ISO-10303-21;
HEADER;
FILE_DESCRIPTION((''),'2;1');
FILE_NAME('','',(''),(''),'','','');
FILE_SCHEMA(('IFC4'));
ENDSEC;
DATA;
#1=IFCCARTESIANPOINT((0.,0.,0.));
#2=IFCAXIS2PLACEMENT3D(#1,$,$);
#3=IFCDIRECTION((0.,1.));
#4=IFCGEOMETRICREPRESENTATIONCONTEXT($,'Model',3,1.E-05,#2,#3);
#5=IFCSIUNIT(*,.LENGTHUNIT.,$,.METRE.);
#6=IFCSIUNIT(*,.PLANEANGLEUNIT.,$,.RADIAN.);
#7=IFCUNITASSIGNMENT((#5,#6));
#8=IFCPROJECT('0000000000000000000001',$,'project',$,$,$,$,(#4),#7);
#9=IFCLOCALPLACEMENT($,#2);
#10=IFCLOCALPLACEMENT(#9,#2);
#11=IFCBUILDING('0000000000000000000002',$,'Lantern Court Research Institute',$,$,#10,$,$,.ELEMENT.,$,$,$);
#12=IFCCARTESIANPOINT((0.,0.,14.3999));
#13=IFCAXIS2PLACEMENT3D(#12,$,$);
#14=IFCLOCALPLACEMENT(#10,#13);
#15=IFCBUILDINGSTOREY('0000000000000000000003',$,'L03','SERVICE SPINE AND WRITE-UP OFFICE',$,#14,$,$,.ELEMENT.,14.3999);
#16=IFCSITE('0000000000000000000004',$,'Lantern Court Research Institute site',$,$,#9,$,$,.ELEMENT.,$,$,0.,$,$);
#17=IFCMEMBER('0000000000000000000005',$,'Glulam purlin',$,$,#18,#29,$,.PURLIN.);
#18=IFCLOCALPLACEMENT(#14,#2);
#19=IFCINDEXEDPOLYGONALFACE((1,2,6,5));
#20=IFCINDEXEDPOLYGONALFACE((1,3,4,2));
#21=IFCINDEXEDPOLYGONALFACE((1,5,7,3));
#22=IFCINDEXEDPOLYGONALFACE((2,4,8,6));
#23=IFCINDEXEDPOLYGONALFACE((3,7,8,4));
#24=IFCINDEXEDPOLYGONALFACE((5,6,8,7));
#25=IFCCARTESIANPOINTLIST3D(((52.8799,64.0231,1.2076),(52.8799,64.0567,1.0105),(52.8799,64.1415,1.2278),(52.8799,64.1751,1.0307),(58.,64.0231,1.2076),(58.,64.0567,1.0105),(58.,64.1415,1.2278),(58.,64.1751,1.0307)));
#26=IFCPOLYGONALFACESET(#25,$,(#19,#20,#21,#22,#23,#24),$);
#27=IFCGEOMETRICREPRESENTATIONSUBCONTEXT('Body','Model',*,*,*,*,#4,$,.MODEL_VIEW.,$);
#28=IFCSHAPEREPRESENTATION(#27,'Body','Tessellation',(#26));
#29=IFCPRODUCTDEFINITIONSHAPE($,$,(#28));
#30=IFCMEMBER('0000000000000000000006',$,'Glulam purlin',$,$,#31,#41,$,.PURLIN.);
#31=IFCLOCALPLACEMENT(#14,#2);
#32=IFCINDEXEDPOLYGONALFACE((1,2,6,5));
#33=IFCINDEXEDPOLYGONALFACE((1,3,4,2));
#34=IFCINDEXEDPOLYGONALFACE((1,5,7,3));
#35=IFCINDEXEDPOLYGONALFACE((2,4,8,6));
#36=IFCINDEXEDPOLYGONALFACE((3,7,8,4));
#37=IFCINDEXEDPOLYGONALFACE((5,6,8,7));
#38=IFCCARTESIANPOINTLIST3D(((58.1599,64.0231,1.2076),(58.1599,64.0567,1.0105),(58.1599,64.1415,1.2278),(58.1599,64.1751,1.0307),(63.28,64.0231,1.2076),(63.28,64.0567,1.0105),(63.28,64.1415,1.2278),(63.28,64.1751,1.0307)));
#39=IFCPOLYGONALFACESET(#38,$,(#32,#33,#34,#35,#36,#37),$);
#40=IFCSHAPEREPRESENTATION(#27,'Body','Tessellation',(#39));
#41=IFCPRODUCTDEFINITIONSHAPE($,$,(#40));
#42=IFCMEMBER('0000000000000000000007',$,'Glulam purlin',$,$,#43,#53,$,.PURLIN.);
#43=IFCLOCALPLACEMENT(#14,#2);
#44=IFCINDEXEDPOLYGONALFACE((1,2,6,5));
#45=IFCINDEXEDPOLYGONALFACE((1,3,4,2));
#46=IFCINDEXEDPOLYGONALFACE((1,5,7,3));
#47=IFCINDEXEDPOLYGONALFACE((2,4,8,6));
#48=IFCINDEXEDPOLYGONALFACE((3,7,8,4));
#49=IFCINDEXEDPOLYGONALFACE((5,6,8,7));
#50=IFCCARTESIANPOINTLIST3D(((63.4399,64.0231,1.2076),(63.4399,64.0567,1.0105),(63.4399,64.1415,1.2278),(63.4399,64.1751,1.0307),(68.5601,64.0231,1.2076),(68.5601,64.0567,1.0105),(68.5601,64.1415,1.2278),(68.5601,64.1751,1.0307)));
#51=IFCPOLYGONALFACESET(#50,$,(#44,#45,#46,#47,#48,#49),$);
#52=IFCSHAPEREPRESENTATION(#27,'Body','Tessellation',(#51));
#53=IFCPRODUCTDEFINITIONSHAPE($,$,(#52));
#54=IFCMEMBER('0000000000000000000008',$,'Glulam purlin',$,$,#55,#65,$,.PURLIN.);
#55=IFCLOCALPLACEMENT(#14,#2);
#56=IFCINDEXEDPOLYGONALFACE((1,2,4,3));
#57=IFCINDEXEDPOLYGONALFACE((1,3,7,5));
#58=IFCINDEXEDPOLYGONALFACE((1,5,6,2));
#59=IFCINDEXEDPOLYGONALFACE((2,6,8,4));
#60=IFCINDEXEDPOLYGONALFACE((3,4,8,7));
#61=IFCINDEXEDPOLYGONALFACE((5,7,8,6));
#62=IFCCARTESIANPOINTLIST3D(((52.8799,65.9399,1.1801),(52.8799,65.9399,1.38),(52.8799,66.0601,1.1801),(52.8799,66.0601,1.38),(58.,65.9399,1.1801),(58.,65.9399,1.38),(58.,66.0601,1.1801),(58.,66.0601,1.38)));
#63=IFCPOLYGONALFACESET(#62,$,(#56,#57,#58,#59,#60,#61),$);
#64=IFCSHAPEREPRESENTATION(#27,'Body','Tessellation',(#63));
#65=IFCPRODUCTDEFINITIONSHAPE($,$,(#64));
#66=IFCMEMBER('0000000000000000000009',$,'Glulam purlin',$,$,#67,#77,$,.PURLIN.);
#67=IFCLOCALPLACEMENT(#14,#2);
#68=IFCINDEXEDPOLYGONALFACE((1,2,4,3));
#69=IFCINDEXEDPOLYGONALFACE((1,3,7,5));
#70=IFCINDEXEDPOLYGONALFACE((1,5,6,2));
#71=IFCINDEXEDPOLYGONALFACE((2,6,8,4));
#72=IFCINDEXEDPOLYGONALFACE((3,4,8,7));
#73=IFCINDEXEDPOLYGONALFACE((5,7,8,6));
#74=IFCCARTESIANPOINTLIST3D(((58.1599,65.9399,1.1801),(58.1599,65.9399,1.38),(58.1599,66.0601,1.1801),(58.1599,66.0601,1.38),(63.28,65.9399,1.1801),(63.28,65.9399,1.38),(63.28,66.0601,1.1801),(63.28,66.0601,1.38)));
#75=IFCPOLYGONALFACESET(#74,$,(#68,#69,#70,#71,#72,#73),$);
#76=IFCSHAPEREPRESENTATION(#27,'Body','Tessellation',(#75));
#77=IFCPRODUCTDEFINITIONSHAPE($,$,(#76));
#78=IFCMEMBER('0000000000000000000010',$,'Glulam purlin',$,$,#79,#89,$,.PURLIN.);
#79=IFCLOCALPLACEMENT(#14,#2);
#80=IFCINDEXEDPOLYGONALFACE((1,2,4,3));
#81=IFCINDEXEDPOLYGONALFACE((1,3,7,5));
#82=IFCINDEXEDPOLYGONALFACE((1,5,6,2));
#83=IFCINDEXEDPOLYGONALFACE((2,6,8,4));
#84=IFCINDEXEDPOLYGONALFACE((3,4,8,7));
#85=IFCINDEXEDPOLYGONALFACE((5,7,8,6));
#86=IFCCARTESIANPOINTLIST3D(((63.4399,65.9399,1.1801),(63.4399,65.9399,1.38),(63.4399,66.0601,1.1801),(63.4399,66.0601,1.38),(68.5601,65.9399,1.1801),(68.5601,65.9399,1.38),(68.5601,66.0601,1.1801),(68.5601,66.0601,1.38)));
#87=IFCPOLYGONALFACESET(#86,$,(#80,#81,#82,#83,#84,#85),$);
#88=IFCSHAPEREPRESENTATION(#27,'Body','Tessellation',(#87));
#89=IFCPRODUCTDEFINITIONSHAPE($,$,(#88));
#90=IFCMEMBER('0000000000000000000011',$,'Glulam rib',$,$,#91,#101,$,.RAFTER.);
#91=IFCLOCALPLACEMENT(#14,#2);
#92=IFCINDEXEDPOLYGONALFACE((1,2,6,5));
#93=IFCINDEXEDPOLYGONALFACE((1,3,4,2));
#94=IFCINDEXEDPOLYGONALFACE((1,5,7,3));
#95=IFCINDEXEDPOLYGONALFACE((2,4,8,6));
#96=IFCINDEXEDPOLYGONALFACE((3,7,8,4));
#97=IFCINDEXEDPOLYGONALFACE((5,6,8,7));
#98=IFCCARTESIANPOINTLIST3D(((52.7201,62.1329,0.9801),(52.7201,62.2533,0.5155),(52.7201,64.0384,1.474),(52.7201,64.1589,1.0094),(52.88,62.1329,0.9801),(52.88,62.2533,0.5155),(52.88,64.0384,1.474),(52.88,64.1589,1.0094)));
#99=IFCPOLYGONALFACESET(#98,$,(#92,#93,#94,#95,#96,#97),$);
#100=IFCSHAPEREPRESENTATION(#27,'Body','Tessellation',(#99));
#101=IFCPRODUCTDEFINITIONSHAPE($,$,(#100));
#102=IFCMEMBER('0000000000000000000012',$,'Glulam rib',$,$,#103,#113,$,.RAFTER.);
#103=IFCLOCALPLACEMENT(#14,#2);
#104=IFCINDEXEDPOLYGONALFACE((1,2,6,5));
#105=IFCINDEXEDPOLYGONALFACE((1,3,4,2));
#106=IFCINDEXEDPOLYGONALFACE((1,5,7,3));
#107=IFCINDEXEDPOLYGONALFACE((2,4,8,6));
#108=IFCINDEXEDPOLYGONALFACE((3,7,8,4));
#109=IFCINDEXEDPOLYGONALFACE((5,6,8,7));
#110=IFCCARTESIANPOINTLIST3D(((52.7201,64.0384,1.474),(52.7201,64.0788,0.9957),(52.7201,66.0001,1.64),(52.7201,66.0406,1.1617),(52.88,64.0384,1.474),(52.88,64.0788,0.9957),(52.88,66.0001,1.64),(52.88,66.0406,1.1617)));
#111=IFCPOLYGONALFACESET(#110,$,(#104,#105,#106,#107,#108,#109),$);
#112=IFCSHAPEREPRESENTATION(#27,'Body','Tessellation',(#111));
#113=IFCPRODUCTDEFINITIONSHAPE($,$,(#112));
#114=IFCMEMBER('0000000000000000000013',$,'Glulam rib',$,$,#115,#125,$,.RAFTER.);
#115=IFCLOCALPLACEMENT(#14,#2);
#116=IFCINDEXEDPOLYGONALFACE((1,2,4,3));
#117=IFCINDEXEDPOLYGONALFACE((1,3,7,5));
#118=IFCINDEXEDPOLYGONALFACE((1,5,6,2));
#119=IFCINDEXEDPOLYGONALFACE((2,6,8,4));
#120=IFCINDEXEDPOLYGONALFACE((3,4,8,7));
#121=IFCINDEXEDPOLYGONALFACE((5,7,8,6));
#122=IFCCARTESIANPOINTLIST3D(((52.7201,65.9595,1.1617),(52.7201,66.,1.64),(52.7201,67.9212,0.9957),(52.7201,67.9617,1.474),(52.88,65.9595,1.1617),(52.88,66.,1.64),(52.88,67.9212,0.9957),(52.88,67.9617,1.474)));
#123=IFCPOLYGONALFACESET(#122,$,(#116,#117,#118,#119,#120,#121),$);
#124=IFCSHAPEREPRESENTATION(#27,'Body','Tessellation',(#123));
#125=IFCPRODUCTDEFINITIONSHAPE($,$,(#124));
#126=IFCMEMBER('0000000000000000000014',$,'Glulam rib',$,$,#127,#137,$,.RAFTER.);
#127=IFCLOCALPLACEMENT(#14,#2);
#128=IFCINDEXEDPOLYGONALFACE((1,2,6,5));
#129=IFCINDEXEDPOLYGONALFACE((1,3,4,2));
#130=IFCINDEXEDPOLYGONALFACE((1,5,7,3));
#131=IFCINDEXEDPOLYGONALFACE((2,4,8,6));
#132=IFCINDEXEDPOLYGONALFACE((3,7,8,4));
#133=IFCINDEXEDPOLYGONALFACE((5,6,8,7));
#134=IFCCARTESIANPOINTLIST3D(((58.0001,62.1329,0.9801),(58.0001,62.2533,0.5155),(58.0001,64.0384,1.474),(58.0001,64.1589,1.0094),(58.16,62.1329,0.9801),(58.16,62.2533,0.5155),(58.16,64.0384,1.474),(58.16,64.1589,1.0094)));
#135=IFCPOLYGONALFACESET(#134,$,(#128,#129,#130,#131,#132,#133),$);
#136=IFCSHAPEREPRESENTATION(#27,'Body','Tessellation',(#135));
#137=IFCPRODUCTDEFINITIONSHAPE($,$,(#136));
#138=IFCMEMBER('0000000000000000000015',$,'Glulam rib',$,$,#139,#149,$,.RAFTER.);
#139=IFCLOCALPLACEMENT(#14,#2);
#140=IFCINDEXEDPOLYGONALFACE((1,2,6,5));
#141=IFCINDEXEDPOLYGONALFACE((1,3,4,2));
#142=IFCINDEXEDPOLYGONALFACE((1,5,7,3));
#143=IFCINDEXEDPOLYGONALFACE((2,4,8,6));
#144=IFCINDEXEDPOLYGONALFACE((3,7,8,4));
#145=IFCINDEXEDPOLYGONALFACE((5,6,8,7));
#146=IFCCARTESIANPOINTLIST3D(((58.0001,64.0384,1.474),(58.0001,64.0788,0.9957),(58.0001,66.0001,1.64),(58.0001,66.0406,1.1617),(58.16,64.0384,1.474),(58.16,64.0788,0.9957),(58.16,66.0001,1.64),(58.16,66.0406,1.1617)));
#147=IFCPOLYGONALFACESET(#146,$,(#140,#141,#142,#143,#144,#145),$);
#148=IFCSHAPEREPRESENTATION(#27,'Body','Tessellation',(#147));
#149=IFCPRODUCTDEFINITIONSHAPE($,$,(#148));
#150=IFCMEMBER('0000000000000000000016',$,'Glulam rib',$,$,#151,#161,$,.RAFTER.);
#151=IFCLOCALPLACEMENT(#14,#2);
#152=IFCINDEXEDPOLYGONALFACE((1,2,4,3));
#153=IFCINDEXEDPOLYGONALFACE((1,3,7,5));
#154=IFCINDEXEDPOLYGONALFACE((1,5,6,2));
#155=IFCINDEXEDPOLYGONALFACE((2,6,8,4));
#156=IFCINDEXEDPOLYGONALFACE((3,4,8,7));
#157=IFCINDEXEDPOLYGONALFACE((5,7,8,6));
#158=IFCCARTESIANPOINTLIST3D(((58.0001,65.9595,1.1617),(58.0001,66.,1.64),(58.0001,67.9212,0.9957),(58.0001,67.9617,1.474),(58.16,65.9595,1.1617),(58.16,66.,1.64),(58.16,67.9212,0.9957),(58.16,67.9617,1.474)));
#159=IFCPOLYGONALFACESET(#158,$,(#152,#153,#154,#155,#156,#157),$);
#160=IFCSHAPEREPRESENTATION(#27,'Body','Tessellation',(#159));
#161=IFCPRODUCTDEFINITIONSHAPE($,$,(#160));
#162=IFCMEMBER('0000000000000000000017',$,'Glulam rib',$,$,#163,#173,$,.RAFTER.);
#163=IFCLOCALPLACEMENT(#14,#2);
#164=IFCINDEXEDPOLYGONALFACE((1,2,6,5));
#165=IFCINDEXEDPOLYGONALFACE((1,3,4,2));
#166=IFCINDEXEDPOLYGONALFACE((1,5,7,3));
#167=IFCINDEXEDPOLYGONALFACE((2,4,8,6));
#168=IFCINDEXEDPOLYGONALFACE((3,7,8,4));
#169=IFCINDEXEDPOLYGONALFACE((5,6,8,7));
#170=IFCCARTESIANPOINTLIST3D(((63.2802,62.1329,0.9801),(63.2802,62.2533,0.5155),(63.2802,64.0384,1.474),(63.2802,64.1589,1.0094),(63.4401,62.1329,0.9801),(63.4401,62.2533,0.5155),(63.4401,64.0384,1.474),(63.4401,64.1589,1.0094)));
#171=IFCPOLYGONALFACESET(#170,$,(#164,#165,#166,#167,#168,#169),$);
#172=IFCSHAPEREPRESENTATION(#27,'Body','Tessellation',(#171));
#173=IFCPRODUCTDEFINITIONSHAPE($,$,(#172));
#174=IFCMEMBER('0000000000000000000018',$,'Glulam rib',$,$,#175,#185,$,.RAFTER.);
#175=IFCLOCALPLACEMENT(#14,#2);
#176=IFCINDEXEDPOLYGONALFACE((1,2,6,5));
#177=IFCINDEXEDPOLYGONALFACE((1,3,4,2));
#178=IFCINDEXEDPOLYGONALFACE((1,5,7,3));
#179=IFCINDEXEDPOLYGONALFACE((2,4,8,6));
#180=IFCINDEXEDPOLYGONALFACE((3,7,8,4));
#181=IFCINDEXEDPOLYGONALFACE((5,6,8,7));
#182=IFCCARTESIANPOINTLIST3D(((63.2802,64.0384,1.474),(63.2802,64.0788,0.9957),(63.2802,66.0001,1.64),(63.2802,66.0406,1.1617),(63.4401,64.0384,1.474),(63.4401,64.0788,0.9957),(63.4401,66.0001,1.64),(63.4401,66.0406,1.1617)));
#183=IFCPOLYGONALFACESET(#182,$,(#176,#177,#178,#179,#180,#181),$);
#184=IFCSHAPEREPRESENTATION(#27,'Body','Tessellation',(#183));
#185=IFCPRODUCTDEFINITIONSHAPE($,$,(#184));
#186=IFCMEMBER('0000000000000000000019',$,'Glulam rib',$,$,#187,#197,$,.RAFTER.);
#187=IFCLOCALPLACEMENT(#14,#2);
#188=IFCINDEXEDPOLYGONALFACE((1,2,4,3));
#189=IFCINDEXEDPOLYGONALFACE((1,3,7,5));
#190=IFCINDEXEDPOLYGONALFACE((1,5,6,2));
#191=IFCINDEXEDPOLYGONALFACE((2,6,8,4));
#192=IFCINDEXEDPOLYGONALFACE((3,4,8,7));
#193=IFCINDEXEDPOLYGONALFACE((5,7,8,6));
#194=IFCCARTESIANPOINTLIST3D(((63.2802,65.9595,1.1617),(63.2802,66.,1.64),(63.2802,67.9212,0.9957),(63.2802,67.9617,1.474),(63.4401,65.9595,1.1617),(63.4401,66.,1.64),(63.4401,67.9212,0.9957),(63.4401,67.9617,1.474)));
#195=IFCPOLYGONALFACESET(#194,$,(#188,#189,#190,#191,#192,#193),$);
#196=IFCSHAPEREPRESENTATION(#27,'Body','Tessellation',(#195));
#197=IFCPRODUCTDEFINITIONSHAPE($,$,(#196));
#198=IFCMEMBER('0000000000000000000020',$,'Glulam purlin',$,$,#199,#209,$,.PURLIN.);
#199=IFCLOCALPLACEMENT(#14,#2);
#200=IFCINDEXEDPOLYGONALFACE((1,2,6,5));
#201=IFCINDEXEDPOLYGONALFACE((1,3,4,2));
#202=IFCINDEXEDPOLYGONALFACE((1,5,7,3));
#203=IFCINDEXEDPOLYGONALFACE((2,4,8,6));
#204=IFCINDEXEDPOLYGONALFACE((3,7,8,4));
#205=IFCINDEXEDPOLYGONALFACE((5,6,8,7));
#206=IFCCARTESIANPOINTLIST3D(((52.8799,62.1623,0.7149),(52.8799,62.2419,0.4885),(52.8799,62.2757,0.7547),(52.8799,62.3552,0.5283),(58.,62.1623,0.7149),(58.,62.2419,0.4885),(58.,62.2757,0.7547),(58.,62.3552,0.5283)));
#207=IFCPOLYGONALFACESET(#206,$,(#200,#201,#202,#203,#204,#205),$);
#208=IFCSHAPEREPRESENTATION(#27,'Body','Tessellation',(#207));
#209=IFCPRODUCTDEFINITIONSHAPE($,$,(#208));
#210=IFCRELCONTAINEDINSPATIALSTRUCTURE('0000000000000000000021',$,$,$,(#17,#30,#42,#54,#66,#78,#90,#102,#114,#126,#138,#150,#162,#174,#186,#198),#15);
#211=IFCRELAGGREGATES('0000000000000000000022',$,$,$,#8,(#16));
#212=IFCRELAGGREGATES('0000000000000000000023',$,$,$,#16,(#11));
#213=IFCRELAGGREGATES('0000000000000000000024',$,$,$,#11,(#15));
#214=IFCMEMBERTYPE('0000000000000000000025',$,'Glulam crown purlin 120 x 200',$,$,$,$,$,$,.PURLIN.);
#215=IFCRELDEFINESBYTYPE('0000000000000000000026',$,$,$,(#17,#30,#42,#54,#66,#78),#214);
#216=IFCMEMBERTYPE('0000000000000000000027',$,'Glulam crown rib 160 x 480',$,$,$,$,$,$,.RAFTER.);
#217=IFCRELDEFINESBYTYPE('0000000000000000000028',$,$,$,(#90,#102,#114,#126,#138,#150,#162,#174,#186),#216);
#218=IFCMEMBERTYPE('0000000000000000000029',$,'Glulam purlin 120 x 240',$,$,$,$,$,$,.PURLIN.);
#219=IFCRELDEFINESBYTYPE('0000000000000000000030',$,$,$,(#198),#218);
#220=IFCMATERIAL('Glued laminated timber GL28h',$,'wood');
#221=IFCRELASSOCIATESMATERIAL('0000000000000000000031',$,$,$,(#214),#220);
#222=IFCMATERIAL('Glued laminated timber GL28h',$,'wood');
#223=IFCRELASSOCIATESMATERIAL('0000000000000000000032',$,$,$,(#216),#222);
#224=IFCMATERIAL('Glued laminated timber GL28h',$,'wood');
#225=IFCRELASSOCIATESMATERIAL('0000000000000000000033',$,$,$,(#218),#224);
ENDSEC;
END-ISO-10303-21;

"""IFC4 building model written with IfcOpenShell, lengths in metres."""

from ifc_helpers import new_model, si_unit, direction, frame, origin, origin_2d, place, context, subcontext, project, spatial, rectangle, extrude, material, material_profile, profile_set, type_object, element, save


model = new_model("IFC4")

# Units and contexts
model_context = context("Model", 3, precision=1e-05, world=origin(), true_north=direction((0.0, 1.0)))
body_context = subcontext(model_context, "Body", "Model", "MODEL_VIEW")
ifc_project = project(units=[si_unit("LENGTHUNIT", "METRE"), si_unit("PLANEANGLEUNIT", "RADIAN")], contexts=[model_context])

# Site, building, storey
site_placement = place(None, origin())
site = spatial("IfcSite", under=ifc_project, at=site_placement, Name="Lantern Court Research Institute site", CompositionType="ELEMENT", RefElevation=0.0)
building_placement = place(site_placement, origin())
building = spatial("IfcBuilding", under=site, at=building_placement, Name="Lantern Court Research Institute", CompositionType="ELEMENT")
storey_placement = place(building_placement, frame((0.0, 0.0, 14.3999)))
storey = spatial("IfcBuildingStorey", under=building, at=storey_placement, Name="L03", Description="SERVICE SPINE AND WRITE-UP OFFICE", CompositionType="ELEMENT", Elevation=14.3999)

# Members
ifc_material_1 = material(Name="Glued laminated timber GL28h", Category="wood")
ifc_material_profile_1 = material_profile(ifc_material_1, rectangle(XDim=0.1201, YDim=0.2, at=origin_2d()), Name="Glulam crown purlin 120 x 200")
ifc_profile_set_1 = profile_set([ifc_material_profile_1], Name="Glued laminated timber GL28h")
member_type_1 = type_object("IfcMemberType", Name="Glulam crown purlin 120 x 200", PredefinedType="PURLIN", material=ifc_profile_set_1)
for number, where, z_axis, x_axis, name in (
    (1, (52.8799, 64.0991, 1.1191), (1.0, 0.0, 0.0), (0.0, 0.985748, 0.168229), "Glulam purlin"),
    (2, (58.1599, 64.0991, 1.1191), (1.0, 0.0, 0.0), (0.0, 0.985748, 0.168229), "Glulam purlin"),
    (3, (63.4399, 64.0991, 1.1191), (1.0, 0.0, 0.0), (0.0, 0.985748, 0.168229), "Glulam purlin"),
    (4, (52.8799, 66.0, 1.28), (1.0, 0.0, 0.0), (0.0, 1.0, 0.0), "Glulam purlin"),
    (5, (58.1599, 66.0, 1.28), (1.0, 0.0, 0.0), (0.0, 1.0, 0.0), "Glulam purlin"),
    (6, (63.4399, 66.0, 1.28), (1.0, 0.0, 0.0), (0.0, 1.0, 0.0), "Glulam purlin"),
):
    element("IfcMember", number, at=place(storey_placement, frame(where, z_axis=z_axis, x_axis=x_axis)), inside=storey, type_object=member_type_1, Name=name, PredefinedType="PURLIN", context=body_context, shape_type="SweptSolid", body=[
        extrude(rectangle(XDim=0.1201, YDim=0.2, at=origin_2d()), origin(), (0.0, 0.0, 1.0), 5.1201),
    ])
ifc_material_2 = material(Name="Glued laminated timber GL28h", Category="wood")
ifc_material_profile_2 = material_profile(ifc_material_2, rectangle(XDim=0.1599, YDim=0.48, at=origin_2d()), Name="Glulam crown rib 160 x 480")
ifc_profile_set_2 = profile_set([ifc_material_profile_2], Name="Glued laminated timber GL28h")
member_type_2 = type_object("IfcMemberType", Name="Glulam crown rib 160 x 480", PredefinedType="RAFTER", material=ifc_profile_set_2)
member_1_placement = place(storey_placement, frame((52.8, 62.1931, 0.7478), z_axis=(0.0, 0.968013, 0.250902), x_axis=(-1.0, 0.0, 0.0)))
element("IfcMember", 7, at=member_1_placement, inside=storey, type_object=member_type_2, Name="Glulam rib", PredefinedType="RAFTER", context=body_context, shape_type="SweptSolid", body=[
    extrude(rectangle(XDim=0.1599, YDim=0.48, at=origin_2d()), origin(), (0.0, 0.0, 1.0), 1.9685),
])
for number, where, z_axis, x_axis, name in (
    (8, (52.8, 64.0586, 1.2349), (0.0, 0.996438, 0.084328), (-1.0, 0.0, 0.0), "Glulam rib"),
    (9, (52.8, 65.9797, 1.4009), (0.0, 0.996438, -0.084328), (-1.0, 0.0, 0.0), "Glulam rib"),
):
    element("IfcMember", number, at=place(storey_placement, frame(where, z_axis=z_axis, x_axis=x_axis)), inside=storey, type_object=member_type_2, Name=name, PredefinedType="RAFTER", context=body_context, shape_type="SweptSolid", body=[
        extrude(rectangle(XDim=0.1599, YDim=0.48, at=origin_2d()), origin(), (0.0, 0.0, 1.0), 1.9688),
    ])
member_2_placement = place(storey_placement, frame((58.0801, 62.1931, 0.7478), z_axis=(0.0, 0.968013, 0.250902), x_axis=(-1.0, 0.0, 0.0)))
element("IfcMember", 10, at=member_2_placement, inside=storey, type_object=member_type_2, Name="Glulam rib", PredefinedType="RAFTER", context=body_context, shape_type="SweptSolid", body=[
    extrude(rectangle(XDim=0.1599, YDim=0.48, at=origin_2d()), origin(), (0.0, 0.0, 1.0), 1.9685),
])
for number, where, z_axis, x_axis, name in (
    (11, (58.0801, 64.0586, 1.2349), (0.0, 0.996438, 0.084328), (-1.0, 0.0, 0.0), "Glulam rib"),
    (12, (58.0801, 65.9797, 1.4009), (0.0, 0.996438, -0.084328), (-1.0, 0.0, 0.0), "Glulam rib"),
):
    element("IfcMember", number, at=place(storey_placement, frame(where, z_axis=z_axis, x_axis=x_axis)), inside=storey, type_object=member_type_2, Name=name, PredefinedType="RAFTER", context=body_context, shape_type="SweptSolid", body=[
        extrude(rectangle(XDim=0.1599, YDim=0.48, at=origin_2d()), origin(), (0.0, 0.0, 1.0), 1.9688),
    ])
member_3_placement = place(storey_placement, frame((63.3601, 62.1931, 0.7478), z_axis=(0.0, 0.968013, 0.250902), x_axis=(-1.0, 0.0, 0.0)))
element("IfcMember", 13, at=member_3_placement, inside=storey, type_object=member_type_2, Name="Glulam rib", PredefinedType="RAFTER", context=body_context, shape_type="SweptSolid", body=[
    extrude(rectangle(XDim=0.1599, YDim=0.48, at=origin_2d()), origin(), (0.0, 0.0, 1.0), 1.9685),
])
for number, where, z_axis, x_axis, name in (
    (14, (63.3601, 64.0586, 1.2349), (0.0, 0.996438, 0.084328), (-1.0, 0.0, 0.0), "Glulam rib"),
    (15, (63.3601, 65.9797, 1.4009), (0.0, 0.996438, -0.084328), (-1.0, 0.0, 0.0), "Glulam rib"),
):
    element("IfcMember", number, at=place(storey_placement, frame(where, z_axis=z_axis, x_axis=x_axis)), inside=storey, type_object=member_type_2, Name=name, PredefinedType="RAFTER", context=body_context, shape_type="SweptSolid", body=[
        extrude(rectangle(XDim=0.1599, YDim=0.48, at=origin_2d()), origin(), (0.0, 0.0, 1.0), 1.9688),
    ])
ifc_material_3 = material(Name="Glued laminated timber GL28h", Category="wood")
ifc_material_profile_3 = material_profile(ifc_material_3, rectangle(XDim=0.1201, YDim=0.24, at=origin_2d()), Name="Glulam purlin 120 x 240")
ifc_profile_set_3 = profile_set([ifc_material_profile_3], Name="Glued laminated timber GL28h")
member_type_3 = type_object("IfcMemberType", Name="Glulam purlin 120 x 240", PredefinedType="PURLIN", material=ifc_profile_set_3)
for number, where, z_axis, x_axis, name in (
    (16, (52.8799, 62.2588, 0.6216), (1.0, 0.0, 0.0), (0.0, 0.943398, 0.331663), "Glulam purlin"),
):
    element("IfcMember", number, at=place(storey_placement, frame(where, z_axis=z_axis, x_axis=x_axis)), inside=storey, type_object=member_type_3, Name=name, PredefinedType="PURLIN", context=body_context, shape_type="SweptSolid", body=[
        extrude(rectangle(XDim=0.1201, YDim=0.24, at=origin_2d()), origin(), (0.0, 0.0, 1.0), 5.1201),
    ])

save(model, "model.ifc")
